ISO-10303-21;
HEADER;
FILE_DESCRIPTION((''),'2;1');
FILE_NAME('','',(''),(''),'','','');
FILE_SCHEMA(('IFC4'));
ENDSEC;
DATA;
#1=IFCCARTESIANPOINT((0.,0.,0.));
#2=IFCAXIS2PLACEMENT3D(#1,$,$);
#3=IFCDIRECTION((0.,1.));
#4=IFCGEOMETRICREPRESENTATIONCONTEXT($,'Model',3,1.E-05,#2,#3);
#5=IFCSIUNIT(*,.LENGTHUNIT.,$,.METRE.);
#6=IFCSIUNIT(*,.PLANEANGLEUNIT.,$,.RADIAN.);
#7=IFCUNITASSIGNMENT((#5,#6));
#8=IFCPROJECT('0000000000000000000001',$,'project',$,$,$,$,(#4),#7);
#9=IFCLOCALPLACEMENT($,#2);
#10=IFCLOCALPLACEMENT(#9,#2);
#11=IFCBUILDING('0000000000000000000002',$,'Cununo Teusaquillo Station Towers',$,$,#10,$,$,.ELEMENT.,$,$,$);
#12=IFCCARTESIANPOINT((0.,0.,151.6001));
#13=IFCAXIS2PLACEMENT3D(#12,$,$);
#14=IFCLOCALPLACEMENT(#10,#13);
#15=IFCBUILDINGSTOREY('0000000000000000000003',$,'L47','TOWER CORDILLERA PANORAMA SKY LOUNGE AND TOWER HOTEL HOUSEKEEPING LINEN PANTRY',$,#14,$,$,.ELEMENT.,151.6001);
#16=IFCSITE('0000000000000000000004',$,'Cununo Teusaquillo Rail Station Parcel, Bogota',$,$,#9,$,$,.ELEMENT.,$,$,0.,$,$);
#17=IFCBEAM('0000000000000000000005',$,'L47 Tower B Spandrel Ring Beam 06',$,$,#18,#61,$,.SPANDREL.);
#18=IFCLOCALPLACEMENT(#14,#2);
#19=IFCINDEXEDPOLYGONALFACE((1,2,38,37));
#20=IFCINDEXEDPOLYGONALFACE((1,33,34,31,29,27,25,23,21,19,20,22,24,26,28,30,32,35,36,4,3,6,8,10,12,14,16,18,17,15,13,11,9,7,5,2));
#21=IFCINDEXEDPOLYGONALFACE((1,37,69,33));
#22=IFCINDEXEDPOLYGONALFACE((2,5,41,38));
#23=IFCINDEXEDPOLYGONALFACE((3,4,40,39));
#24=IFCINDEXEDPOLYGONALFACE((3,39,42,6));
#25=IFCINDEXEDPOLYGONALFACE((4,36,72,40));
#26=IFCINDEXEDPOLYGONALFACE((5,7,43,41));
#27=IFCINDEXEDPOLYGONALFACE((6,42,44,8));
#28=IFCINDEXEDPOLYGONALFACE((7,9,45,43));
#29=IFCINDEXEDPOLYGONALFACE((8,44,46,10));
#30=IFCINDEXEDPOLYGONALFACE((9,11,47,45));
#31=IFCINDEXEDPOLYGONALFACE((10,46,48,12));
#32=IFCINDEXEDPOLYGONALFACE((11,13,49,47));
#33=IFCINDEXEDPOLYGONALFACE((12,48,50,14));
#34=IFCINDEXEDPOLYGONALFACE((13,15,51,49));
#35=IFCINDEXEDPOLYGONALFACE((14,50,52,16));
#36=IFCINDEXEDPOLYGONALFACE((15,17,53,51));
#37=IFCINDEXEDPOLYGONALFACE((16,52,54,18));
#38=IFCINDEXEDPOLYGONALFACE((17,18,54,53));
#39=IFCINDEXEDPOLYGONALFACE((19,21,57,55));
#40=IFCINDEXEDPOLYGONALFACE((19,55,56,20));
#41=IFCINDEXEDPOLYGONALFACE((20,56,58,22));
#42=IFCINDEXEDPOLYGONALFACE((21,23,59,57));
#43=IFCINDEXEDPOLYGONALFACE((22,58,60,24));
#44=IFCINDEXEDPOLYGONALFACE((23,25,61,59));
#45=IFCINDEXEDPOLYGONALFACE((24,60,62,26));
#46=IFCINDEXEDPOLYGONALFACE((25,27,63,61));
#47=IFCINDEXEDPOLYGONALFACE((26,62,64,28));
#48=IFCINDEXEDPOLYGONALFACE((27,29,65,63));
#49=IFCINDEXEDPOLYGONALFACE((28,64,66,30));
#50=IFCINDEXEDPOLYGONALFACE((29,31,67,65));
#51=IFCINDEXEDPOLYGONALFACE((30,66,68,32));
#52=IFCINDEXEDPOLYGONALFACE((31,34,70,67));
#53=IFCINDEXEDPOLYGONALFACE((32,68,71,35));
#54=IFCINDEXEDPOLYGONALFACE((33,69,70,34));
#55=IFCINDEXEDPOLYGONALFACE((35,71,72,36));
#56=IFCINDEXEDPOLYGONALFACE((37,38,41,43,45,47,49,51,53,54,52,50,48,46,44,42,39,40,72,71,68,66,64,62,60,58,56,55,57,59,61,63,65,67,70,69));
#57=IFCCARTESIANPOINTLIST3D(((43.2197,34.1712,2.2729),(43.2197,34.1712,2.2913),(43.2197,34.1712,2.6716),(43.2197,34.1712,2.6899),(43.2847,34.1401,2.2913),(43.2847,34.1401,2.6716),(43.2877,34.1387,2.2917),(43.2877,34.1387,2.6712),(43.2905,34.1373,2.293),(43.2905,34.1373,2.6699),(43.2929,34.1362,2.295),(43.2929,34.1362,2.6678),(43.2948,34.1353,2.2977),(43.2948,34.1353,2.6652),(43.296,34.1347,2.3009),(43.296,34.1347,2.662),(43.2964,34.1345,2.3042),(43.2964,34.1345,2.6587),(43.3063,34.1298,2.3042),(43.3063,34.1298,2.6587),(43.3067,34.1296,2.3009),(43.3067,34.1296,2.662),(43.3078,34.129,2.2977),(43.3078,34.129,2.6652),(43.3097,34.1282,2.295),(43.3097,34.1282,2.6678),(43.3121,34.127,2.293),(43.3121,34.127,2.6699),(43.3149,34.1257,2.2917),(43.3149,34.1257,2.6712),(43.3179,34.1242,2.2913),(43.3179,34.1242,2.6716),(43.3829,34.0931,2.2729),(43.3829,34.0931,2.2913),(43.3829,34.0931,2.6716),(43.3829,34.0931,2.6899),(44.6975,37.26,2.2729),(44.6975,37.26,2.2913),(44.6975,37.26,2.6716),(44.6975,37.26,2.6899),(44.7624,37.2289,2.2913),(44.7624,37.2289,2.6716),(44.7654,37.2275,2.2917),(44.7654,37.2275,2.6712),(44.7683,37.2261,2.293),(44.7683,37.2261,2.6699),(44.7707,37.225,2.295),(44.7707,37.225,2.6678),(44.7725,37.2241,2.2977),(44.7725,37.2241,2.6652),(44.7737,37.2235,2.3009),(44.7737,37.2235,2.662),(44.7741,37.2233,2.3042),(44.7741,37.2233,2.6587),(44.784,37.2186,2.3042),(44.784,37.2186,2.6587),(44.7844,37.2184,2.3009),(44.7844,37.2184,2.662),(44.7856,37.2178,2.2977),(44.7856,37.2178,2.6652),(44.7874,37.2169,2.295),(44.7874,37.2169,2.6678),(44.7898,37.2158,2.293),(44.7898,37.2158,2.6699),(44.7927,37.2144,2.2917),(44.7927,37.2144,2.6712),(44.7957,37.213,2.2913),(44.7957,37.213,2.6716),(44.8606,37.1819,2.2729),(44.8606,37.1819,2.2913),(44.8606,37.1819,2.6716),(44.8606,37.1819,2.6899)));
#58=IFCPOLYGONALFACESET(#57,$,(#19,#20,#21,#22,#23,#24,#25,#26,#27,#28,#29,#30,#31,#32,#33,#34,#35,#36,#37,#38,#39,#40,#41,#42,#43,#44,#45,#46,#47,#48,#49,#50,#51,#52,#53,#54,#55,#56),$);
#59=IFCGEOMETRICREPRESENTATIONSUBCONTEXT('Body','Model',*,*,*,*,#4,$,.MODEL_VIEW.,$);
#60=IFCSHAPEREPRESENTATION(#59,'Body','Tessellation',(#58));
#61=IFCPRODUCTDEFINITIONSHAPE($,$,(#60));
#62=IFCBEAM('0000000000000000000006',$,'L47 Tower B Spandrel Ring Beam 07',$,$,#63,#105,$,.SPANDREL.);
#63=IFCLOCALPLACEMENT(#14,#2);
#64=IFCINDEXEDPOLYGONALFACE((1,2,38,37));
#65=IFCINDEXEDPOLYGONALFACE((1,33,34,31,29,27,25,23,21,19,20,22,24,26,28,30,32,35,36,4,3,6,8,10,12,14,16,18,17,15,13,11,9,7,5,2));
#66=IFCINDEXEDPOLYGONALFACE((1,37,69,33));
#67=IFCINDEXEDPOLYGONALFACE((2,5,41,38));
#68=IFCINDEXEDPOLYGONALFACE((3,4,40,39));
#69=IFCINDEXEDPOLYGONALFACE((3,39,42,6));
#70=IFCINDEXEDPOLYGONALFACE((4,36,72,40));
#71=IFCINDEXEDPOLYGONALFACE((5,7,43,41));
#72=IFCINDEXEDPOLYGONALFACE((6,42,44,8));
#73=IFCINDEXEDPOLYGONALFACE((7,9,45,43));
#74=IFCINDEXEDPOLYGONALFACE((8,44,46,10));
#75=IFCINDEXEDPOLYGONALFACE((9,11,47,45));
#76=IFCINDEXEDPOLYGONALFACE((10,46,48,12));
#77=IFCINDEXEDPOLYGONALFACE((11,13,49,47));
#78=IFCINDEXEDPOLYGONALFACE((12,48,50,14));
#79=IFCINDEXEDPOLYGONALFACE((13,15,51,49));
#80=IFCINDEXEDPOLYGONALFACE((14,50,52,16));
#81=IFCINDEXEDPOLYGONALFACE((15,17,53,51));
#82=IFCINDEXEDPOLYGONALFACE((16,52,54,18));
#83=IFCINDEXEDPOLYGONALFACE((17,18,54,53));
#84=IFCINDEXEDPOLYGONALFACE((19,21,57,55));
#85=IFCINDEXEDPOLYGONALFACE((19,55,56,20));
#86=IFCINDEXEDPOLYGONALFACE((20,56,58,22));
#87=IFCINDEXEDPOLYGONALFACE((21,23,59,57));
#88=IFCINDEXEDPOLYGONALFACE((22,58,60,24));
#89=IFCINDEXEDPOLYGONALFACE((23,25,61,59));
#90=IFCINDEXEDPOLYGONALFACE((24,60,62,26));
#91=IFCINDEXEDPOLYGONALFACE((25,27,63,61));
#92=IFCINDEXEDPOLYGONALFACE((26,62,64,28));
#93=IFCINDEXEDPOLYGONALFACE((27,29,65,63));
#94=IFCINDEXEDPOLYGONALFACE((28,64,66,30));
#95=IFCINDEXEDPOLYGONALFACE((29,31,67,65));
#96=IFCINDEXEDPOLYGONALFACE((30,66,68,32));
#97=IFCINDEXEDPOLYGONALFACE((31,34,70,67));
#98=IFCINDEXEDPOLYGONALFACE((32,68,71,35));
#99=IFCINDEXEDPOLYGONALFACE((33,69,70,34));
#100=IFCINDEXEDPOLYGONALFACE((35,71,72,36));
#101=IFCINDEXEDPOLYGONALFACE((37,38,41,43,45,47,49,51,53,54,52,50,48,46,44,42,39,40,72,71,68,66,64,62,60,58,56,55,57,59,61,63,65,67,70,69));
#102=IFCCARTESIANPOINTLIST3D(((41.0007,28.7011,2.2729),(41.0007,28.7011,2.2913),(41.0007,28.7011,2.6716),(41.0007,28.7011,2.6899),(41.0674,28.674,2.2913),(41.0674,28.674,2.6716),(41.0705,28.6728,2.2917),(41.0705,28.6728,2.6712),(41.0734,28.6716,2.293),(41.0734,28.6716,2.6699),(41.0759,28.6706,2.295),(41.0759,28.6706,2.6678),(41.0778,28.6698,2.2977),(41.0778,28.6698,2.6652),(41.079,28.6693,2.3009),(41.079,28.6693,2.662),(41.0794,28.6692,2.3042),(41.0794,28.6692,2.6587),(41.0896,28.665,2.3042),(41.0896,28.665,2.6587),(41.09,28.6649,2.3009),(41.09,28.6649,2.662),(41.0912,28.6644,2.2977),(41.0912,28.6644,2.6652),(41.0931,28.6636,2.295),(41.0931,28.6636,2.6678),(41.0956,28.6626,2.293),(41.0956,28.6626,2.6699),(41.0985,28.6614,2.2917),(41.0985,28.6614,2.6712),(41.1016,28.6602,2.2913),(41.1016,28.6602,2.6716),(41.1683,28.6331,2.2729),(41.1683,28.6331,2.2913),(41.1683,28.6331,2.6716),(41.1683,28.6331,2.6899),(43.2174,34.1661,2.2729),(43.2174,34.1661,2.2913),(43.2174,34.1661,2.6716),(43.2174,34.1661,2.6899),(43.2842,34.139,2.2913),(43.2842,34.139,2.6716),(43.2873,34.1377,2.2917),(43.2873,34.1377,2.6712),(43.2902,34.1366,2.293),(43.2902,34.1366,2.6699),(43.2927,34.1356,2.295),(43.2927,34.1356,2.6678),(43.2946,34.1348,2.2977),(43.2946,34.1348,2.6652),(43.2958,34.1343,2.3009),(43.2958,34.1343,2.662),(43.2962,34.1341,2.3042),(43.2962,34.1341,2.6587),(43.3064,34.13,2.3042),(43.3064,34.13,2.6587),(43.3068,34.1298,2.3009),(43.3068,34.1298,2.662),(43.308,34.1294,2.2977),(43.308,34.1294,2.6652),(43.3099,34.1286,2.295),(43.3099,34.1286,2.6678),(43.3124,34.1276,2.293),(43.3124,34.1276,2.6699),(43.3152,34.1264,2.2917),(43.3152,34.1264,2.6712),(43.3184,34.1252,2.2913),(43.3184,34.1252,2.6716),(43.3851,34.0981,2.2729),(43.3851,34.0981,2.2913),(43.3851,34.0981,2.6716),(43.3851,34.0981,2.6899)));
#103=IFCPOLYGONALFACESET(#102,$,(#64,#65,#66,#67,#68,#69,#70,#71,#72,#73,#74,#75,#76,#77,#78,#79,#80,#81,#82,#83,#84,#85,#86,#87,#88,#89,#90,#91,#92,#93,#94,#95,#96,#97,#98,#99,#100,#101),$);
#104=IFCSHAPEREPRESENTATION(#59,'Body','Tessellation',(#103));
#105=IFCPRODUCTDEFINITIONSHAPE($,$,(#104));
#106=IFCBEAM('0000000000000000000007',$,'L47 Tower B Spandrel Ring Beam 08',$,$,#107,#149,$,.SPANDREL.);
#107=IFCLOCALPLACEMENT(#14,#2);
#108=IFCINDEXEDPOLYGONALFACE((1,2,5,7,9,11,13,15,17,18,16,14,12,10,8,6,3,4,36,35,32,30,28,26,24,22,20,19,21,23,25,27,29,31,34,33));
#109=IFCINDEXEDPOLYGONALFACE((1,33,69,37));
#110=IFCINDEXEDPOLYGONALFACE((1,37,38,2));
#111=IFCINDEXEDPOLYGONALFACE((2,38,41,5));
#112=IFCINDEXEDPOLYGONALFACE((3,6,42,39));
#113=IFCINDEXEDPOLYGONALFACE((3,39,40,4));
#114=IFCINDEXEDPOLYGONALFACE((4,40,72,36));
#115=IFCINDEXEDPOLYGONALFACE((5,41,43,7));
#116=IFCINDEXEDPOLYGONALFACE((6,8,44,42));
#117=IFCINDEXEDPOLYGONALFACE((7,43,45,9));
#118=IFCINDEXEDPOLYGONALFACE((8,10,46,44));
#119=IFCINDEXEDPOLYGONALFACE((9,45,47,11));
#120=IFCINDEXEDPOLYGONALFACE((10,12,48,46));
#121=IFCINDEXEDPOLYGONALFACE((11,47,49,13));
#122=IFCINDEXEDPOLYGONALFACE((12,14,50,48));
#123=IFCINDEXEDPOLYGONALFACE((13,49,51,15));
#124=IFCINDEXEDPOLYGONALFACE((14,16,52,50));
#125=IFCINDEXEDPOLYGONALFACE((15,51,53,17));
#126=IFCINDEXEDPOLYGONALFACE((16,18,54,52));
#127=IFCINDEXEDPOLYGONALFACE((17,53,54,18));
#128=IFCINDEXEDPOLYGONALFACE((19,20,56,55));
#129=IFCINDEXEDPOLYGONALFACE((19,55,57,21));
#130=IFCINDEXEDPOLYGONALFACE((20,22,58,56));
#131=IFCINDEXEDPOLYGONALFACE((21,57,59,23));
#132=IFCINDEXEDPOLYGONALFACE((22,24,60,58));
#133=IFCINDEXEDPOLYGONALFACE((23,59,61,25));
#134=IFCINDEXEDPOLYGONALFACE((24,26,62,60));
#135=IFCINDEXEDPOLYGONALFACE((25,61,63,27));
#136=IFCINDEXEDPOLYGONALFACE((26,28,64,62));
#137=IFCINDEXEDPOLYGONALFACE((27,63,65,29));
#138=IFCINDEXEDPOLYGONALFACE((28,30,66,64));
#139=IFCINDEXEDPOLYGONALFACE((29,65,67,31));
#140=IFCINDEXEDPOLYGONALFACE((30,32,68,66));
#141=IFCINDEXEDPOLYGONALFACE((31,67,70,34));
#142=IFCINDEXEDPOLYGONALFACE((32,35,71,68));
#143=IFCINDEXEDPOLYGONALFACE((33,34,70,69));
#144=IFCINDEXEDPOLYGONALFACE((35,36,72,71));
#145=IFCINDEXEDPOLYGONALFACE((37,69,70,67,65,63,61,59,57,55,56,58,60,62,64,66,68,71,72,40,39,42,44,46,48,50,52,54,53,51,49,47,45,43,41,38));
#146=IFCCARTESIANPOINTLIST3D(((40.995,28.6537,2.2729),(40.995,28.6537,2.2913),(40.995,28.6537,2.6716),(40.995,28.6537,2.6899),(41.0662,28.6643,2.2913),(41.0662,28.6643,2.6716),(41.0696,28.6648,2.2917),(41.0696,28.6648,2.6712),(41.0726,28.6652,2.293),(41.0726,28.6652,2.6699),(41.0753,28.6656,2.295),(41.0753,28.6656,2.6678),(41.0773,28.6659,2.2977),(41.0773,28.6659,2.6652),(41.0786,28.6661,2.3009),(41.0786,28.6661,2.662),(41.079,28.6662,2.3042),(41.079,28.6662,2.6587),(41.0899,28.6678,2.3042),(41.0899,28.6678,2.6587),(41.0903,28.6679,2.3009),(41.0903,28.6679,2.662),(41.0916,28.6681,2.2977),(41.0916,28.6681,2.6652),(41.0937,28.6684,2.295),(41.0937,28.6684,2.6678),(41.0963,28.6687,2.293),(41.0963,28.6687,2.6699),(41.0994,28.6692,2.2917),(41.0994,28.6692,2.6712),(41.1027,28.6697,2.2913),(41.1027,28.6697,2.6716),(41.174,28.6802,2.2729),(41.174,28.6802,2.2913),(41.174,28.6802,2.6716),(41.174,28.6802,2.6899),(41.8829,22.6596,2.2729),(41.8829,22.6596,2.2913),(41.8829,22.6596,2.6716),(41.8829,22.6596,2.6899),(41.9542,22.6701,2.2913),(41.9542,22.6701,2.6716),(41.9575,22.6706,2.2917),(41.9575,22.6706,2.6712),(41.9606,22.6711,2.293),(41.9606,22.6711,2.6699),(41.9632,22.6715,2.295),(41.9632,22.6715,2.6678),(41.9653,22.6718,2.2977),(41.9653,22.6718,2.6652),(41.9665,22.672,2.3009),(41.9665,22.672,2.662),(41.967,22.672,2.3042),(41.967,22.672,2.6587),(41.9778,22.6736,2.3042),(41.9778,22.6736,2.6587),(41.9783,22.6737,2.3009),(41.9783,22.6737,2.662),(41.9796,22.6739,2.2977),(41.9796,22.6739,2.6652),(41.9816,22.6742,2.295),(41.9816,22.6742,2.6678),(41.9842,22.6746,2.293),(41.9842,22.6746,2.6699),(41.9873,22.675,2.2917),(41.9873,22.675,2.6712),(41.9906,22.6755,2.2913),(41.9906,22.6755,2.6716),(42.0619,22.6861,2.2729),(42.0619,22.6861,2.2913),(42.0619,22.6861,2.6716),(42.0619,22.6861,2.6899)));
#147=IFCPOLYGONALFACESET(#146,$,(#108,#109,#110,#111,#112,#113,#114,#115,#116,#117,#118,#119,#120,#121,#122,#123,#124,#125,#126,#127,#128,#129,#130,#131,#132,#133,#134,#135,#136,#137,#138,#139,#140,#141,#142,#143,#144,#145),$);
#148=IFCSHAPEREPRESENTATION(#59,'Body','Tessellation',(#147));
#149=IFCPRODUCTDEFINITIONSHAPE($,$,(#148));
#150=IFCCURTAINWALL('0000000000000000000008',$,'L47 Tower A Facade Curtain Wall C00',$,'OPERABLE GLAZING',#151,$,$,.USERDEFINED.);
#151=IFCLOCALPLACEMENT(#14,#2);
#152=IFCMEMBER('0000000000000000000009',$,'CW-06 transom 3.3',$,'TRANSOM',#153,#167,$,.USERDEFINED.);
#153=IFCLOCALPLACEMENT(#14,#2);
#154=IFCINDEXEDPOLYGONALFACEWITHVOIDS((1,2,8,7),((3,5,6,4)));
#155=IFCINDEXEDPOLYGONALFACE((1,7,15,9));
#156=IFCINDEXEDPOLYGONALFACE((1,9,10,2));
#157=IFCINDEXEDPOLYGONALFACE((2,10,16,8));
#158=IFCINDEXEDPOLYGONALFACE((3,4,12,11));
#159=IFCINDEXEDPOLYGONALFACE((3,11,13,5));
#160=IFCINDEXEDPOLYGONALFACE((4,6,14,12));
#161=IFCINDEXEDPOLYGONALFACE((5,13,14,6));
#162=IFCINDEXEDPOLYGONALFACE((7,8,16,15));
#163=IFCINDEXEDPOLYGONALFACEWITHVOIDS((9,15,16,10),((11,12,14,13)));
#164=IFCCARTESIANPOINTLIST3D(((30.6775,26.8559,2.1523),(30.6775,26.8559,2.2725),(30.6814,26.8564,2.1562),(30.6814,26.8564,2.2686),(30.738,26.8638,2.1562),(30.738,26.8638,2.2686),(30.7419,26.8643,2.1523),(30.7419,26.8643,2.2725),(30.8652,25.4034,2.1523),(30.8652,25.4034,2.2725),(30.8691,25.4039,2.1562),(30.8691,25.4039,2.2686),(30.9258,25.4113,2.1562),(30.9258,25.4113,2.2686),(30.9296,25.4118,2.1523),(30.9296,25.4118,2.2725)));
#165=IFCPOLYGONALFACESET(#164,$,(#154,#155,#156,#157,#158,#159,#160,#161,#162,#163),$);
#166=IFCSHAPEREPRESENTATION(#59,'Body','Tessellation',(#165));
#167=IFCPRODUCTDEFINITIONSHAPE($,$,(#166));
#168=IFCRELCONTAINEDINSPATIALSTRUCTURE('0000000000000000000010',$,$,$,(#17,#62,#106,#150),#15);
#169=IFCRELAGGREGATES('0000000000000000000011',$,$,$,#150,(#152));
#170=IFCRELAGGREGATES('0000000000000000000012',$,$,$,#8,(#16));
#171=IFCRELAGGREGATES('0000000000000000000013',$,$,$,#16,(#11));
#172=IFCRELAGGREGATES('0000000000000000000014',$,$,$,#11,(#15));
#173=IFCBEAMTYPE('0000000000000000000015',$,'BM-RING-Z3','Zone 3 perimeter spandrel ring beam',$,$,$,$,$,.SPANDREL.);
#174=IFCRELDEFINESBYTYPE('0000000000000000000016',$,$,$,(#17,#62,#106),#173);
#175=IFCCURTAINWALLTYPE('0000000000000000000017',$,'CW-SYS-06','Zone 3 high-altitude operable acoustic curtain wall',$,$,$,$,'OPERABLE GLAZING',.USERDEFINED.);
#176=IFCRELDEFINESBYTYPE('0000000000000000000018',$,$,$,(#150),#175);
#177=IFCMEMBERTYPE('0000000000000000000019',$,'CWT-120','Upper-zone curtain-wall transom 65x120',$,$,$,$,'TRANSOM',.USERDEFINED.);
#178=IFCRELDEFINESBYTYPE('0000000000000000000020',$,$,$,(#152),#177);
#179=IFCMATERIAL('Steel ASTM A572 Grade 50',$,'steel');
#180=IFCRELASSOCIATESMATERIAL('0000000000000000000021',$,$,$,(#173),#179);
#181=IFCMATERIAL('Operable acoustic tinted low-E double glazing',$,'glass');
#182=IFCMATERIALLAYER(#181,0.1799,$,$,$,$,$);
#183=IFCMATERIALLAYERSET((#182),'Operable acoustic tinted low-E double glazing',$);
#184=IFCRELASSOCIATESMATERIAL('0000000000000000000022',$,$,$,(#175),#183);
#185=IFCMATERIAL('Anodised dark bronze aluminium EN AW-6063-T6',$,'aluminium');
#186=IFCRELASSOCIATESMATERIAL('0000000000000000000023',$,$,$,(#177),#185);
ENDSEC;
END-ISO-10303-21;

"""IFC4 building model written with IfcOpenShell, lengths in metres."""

from ifc_helpers import new_model, si_unit, direction, frame, origin, origin_2d, place, context, subcontext, project, spatial, hollow_rectangle, i_section, extrude, material, layer, layer_set, material_profile, profile_set, type_object, element, aggregate, save


model = new_model("IFC4")

# Units and contexts
model_context = context("Model", 3, precision=1e-05, world=origin(), true_north=direction((0.0, 1.0)))
body_context = subcontext(model_context, "Body", "Model", "MODEL_VIEW")
ifc_project = project(units=[si_unit("LENGTHUNIT", "METRE"), si_unit("PLANEANGLEUNIT", "RADIAN")], contexts=[model_context])

# Site, building, storey
site_placement = place(None, origin())
site = spatial("IfcSite", under=ifc_project, at=site_placement, Name="Cununo Teusaquillo Rail Station Parcel, Bogota", CompositionType="ELEMENT", RefElevation=0.0)
building_placement = place(site_placement, origin())
building = spatial("IfcBuilding", under=site, at=building_placement, Name="Cununo Teusaquillo Station Towers", CompositionType="ELEMENT")
storey_placement = place(building_placement, frame((0.0, 0.0, 151.6001)))
storey = spatial("IfcBuildingStorey", under=building, at=storey_placement, Name="L47", Description="TOWER CORDILLERA PANORAMA SKY LOUNGE AND TOWER HOTEL HOUSEKEEPING LINEN PANTRY", CompositionType="ELEMENT", Elevation=151.6001)

# Beams
ifc_material_1 = material(Name="Steel ASTM A572 Grade 50", Category="steel")
ifc_material_profile_1 = material_profile(ifc_material_1, i_section(OverallWidth=0.1809, OverallDepth=0.417, WebThickness=0.011, FlangeThickness=0.0183, FilletRadius=0.0129, at=origin_2d()), Name="W16X57")
ifc_profile_set_1 = profile_set([ifc_material_profile_1], Name="Steel ASTM A572 Grade 50")
beam_type_1 = type_object("IfcBeamType", Name="BM-RING-Z3", Description="Zone 3 perimeter spandrel ring beam", PredefinedType="SPANDREL", material=ifc_profile_set_1)
for number, where, z_axis, x_axis, name in (
    (1, (44.7791, 37.2209, 2.4814), (-0.431574, -0.902078, 0.0), (0.902078, -0.431574, 0.0), "L47 Tower B Spandrel Ring Beam 06"),
):
    element("IfcBeam", number, at=place(storey_placement, frame(where, z_axis=z_axis, x_axis=x_axis)), inside=storey, type_object=beam_type_1, Name=name, PredefinedType="SPANDREL", context=body_context, shape_type="SweptSolid", body=[
        extrude(i_section(OverallWidth=0.1809, OverallDepth=0.417, WebThickness=0.011, FlangeThickness=0.0183, FilletRadius=0.0129, at=origin_2d()), origin(), (0.0, 0.0, 1.0), 3.4241),
    ])
beam_1_placement = place(storey_placement, frame((43.3013, 34.1321, 2.4814), z_axis=(-0.375883, -0.926667, 0.0), x_axis=(0.926667, -0.375883, 0.0)))
element("IfcBeam", 2, at=beam_1_placement, inside=storey, type_object=beam_type_1, Name="L47 Tower B Spandrel Ring Beam 07", PredefinedType="SPANDREL", context=body_context, shape_type="SweptSolid", body=[
    extrude(i_section(OverallWidth=0.1809, OverallDepth=0.417, WebThickness=0.011, FlangeThickness=0.0183, FilletRadius=0.0129, at=origin_2d()), origin(), (0.0, 0.0, 1.0), 5.8975),
])
beam_2_placement = place(storey_placement, frame((41.0845, 28.667, 2.4814), z_axis=(0.146536, -0.989205, 0.0), x_axis=(0.989205, 0.146536, 0.0)))
element("IfcBeam", 3, at=beam_2_placement, inside=storey, type_object=beam_type_1, Name="L47 Tower B Spandrel Ring Beam 08", PredefinedType="SPANDREL", context=body_context, shape_type="SweptSolid", body=[
    extrude(i_section(OverallWidth=0.1809, OverallDepth=0.417, WebThickness=0.011, FlangeThickness=0.0183, FilletRadius=0.0129, at=origin_2d()), origin(), (0.0, 0.0, 1.0), 6.0596),
])

# Curtain wall, member
ifc_material_2 = material(Name="Operable acoustic tinted low-E double glazing", Category="glass")
ifc_layer_1 = layer(ifc_material_2, 0.1799)
ifc_layer_set_1 = layer_set([ifc_layer_1], Name="Operable acoustic tinted low-E double glazing")
curtain_wall_type = type_object("IfcCurtainWallType", Name="CW-SYS-06", Description="Zone 3 high-altitude operable acoustic curtain wall", ElementType="OPERABLE GLAZING", PredefinedType="USERDEFINED", material=ifc_layer_set_1)
curtain_wall_placement = place(storey_placement, origin())
curtain_wall = element("IfcCurtainWall", 4, at=curtain_wall_placement, inside=storey, type_object=curtain_wall_type, Name="L47 Tower A Facade Curtain Wall C00", ObjectType="OPERABLE GLAZING", PredefinedType="USERDEFINED")
ifc_material_3 = material(Name="Anodised dark bronze aluminium EN AW-6063-T6", Category="aluminium")
ifc_material_profile_2 = material_profile(ifc_material_3, hollow_rectangle(XDim=0.0649, YDim=0.1201, WallThickness=0.0039, at=origin_2d()), Name="CW-TRAN-65x120")
ifc_profile_set_2 = profile_set([ifc_material_profile_2], Name="Anodised dark bronze aluminium EN AW-6063-T6")
member_type_1 = type_object("IfcMemberType", Name="CWT-120", Description="Upper-zone curtain-wall transom 65x120", ElementType="TRANSOM", PredefinedType="USERDEFINED", material=ifc_profile_set_2)
member_1_placement = place(storey_placement, frame((30.7097, 26.8601, 2.2124), z_axis=(0.128178, -0.991751, 0.0), x_axis=(0.991751, 0.128178, 0.0)))
member_1 = element("IfcMember", 5, at=member_1_placement, type_object=member_type_1, Name="CW-06 transom 3.3", ObjectType="TRANSOM", PredefinedType="USERDEFINED", context=body_context, shape_type="SweptSolid", body=[
    extrude(hollow_rectangle(XDim=0.0649, YDim=0.1201, WallThickness=0.0039, at=origin_2d()), origin(), (0.0, 0.0, 1.0), 1.4646),
])

aggregate(curtain_wall, [member_1])

save(model, "model.ifc")
